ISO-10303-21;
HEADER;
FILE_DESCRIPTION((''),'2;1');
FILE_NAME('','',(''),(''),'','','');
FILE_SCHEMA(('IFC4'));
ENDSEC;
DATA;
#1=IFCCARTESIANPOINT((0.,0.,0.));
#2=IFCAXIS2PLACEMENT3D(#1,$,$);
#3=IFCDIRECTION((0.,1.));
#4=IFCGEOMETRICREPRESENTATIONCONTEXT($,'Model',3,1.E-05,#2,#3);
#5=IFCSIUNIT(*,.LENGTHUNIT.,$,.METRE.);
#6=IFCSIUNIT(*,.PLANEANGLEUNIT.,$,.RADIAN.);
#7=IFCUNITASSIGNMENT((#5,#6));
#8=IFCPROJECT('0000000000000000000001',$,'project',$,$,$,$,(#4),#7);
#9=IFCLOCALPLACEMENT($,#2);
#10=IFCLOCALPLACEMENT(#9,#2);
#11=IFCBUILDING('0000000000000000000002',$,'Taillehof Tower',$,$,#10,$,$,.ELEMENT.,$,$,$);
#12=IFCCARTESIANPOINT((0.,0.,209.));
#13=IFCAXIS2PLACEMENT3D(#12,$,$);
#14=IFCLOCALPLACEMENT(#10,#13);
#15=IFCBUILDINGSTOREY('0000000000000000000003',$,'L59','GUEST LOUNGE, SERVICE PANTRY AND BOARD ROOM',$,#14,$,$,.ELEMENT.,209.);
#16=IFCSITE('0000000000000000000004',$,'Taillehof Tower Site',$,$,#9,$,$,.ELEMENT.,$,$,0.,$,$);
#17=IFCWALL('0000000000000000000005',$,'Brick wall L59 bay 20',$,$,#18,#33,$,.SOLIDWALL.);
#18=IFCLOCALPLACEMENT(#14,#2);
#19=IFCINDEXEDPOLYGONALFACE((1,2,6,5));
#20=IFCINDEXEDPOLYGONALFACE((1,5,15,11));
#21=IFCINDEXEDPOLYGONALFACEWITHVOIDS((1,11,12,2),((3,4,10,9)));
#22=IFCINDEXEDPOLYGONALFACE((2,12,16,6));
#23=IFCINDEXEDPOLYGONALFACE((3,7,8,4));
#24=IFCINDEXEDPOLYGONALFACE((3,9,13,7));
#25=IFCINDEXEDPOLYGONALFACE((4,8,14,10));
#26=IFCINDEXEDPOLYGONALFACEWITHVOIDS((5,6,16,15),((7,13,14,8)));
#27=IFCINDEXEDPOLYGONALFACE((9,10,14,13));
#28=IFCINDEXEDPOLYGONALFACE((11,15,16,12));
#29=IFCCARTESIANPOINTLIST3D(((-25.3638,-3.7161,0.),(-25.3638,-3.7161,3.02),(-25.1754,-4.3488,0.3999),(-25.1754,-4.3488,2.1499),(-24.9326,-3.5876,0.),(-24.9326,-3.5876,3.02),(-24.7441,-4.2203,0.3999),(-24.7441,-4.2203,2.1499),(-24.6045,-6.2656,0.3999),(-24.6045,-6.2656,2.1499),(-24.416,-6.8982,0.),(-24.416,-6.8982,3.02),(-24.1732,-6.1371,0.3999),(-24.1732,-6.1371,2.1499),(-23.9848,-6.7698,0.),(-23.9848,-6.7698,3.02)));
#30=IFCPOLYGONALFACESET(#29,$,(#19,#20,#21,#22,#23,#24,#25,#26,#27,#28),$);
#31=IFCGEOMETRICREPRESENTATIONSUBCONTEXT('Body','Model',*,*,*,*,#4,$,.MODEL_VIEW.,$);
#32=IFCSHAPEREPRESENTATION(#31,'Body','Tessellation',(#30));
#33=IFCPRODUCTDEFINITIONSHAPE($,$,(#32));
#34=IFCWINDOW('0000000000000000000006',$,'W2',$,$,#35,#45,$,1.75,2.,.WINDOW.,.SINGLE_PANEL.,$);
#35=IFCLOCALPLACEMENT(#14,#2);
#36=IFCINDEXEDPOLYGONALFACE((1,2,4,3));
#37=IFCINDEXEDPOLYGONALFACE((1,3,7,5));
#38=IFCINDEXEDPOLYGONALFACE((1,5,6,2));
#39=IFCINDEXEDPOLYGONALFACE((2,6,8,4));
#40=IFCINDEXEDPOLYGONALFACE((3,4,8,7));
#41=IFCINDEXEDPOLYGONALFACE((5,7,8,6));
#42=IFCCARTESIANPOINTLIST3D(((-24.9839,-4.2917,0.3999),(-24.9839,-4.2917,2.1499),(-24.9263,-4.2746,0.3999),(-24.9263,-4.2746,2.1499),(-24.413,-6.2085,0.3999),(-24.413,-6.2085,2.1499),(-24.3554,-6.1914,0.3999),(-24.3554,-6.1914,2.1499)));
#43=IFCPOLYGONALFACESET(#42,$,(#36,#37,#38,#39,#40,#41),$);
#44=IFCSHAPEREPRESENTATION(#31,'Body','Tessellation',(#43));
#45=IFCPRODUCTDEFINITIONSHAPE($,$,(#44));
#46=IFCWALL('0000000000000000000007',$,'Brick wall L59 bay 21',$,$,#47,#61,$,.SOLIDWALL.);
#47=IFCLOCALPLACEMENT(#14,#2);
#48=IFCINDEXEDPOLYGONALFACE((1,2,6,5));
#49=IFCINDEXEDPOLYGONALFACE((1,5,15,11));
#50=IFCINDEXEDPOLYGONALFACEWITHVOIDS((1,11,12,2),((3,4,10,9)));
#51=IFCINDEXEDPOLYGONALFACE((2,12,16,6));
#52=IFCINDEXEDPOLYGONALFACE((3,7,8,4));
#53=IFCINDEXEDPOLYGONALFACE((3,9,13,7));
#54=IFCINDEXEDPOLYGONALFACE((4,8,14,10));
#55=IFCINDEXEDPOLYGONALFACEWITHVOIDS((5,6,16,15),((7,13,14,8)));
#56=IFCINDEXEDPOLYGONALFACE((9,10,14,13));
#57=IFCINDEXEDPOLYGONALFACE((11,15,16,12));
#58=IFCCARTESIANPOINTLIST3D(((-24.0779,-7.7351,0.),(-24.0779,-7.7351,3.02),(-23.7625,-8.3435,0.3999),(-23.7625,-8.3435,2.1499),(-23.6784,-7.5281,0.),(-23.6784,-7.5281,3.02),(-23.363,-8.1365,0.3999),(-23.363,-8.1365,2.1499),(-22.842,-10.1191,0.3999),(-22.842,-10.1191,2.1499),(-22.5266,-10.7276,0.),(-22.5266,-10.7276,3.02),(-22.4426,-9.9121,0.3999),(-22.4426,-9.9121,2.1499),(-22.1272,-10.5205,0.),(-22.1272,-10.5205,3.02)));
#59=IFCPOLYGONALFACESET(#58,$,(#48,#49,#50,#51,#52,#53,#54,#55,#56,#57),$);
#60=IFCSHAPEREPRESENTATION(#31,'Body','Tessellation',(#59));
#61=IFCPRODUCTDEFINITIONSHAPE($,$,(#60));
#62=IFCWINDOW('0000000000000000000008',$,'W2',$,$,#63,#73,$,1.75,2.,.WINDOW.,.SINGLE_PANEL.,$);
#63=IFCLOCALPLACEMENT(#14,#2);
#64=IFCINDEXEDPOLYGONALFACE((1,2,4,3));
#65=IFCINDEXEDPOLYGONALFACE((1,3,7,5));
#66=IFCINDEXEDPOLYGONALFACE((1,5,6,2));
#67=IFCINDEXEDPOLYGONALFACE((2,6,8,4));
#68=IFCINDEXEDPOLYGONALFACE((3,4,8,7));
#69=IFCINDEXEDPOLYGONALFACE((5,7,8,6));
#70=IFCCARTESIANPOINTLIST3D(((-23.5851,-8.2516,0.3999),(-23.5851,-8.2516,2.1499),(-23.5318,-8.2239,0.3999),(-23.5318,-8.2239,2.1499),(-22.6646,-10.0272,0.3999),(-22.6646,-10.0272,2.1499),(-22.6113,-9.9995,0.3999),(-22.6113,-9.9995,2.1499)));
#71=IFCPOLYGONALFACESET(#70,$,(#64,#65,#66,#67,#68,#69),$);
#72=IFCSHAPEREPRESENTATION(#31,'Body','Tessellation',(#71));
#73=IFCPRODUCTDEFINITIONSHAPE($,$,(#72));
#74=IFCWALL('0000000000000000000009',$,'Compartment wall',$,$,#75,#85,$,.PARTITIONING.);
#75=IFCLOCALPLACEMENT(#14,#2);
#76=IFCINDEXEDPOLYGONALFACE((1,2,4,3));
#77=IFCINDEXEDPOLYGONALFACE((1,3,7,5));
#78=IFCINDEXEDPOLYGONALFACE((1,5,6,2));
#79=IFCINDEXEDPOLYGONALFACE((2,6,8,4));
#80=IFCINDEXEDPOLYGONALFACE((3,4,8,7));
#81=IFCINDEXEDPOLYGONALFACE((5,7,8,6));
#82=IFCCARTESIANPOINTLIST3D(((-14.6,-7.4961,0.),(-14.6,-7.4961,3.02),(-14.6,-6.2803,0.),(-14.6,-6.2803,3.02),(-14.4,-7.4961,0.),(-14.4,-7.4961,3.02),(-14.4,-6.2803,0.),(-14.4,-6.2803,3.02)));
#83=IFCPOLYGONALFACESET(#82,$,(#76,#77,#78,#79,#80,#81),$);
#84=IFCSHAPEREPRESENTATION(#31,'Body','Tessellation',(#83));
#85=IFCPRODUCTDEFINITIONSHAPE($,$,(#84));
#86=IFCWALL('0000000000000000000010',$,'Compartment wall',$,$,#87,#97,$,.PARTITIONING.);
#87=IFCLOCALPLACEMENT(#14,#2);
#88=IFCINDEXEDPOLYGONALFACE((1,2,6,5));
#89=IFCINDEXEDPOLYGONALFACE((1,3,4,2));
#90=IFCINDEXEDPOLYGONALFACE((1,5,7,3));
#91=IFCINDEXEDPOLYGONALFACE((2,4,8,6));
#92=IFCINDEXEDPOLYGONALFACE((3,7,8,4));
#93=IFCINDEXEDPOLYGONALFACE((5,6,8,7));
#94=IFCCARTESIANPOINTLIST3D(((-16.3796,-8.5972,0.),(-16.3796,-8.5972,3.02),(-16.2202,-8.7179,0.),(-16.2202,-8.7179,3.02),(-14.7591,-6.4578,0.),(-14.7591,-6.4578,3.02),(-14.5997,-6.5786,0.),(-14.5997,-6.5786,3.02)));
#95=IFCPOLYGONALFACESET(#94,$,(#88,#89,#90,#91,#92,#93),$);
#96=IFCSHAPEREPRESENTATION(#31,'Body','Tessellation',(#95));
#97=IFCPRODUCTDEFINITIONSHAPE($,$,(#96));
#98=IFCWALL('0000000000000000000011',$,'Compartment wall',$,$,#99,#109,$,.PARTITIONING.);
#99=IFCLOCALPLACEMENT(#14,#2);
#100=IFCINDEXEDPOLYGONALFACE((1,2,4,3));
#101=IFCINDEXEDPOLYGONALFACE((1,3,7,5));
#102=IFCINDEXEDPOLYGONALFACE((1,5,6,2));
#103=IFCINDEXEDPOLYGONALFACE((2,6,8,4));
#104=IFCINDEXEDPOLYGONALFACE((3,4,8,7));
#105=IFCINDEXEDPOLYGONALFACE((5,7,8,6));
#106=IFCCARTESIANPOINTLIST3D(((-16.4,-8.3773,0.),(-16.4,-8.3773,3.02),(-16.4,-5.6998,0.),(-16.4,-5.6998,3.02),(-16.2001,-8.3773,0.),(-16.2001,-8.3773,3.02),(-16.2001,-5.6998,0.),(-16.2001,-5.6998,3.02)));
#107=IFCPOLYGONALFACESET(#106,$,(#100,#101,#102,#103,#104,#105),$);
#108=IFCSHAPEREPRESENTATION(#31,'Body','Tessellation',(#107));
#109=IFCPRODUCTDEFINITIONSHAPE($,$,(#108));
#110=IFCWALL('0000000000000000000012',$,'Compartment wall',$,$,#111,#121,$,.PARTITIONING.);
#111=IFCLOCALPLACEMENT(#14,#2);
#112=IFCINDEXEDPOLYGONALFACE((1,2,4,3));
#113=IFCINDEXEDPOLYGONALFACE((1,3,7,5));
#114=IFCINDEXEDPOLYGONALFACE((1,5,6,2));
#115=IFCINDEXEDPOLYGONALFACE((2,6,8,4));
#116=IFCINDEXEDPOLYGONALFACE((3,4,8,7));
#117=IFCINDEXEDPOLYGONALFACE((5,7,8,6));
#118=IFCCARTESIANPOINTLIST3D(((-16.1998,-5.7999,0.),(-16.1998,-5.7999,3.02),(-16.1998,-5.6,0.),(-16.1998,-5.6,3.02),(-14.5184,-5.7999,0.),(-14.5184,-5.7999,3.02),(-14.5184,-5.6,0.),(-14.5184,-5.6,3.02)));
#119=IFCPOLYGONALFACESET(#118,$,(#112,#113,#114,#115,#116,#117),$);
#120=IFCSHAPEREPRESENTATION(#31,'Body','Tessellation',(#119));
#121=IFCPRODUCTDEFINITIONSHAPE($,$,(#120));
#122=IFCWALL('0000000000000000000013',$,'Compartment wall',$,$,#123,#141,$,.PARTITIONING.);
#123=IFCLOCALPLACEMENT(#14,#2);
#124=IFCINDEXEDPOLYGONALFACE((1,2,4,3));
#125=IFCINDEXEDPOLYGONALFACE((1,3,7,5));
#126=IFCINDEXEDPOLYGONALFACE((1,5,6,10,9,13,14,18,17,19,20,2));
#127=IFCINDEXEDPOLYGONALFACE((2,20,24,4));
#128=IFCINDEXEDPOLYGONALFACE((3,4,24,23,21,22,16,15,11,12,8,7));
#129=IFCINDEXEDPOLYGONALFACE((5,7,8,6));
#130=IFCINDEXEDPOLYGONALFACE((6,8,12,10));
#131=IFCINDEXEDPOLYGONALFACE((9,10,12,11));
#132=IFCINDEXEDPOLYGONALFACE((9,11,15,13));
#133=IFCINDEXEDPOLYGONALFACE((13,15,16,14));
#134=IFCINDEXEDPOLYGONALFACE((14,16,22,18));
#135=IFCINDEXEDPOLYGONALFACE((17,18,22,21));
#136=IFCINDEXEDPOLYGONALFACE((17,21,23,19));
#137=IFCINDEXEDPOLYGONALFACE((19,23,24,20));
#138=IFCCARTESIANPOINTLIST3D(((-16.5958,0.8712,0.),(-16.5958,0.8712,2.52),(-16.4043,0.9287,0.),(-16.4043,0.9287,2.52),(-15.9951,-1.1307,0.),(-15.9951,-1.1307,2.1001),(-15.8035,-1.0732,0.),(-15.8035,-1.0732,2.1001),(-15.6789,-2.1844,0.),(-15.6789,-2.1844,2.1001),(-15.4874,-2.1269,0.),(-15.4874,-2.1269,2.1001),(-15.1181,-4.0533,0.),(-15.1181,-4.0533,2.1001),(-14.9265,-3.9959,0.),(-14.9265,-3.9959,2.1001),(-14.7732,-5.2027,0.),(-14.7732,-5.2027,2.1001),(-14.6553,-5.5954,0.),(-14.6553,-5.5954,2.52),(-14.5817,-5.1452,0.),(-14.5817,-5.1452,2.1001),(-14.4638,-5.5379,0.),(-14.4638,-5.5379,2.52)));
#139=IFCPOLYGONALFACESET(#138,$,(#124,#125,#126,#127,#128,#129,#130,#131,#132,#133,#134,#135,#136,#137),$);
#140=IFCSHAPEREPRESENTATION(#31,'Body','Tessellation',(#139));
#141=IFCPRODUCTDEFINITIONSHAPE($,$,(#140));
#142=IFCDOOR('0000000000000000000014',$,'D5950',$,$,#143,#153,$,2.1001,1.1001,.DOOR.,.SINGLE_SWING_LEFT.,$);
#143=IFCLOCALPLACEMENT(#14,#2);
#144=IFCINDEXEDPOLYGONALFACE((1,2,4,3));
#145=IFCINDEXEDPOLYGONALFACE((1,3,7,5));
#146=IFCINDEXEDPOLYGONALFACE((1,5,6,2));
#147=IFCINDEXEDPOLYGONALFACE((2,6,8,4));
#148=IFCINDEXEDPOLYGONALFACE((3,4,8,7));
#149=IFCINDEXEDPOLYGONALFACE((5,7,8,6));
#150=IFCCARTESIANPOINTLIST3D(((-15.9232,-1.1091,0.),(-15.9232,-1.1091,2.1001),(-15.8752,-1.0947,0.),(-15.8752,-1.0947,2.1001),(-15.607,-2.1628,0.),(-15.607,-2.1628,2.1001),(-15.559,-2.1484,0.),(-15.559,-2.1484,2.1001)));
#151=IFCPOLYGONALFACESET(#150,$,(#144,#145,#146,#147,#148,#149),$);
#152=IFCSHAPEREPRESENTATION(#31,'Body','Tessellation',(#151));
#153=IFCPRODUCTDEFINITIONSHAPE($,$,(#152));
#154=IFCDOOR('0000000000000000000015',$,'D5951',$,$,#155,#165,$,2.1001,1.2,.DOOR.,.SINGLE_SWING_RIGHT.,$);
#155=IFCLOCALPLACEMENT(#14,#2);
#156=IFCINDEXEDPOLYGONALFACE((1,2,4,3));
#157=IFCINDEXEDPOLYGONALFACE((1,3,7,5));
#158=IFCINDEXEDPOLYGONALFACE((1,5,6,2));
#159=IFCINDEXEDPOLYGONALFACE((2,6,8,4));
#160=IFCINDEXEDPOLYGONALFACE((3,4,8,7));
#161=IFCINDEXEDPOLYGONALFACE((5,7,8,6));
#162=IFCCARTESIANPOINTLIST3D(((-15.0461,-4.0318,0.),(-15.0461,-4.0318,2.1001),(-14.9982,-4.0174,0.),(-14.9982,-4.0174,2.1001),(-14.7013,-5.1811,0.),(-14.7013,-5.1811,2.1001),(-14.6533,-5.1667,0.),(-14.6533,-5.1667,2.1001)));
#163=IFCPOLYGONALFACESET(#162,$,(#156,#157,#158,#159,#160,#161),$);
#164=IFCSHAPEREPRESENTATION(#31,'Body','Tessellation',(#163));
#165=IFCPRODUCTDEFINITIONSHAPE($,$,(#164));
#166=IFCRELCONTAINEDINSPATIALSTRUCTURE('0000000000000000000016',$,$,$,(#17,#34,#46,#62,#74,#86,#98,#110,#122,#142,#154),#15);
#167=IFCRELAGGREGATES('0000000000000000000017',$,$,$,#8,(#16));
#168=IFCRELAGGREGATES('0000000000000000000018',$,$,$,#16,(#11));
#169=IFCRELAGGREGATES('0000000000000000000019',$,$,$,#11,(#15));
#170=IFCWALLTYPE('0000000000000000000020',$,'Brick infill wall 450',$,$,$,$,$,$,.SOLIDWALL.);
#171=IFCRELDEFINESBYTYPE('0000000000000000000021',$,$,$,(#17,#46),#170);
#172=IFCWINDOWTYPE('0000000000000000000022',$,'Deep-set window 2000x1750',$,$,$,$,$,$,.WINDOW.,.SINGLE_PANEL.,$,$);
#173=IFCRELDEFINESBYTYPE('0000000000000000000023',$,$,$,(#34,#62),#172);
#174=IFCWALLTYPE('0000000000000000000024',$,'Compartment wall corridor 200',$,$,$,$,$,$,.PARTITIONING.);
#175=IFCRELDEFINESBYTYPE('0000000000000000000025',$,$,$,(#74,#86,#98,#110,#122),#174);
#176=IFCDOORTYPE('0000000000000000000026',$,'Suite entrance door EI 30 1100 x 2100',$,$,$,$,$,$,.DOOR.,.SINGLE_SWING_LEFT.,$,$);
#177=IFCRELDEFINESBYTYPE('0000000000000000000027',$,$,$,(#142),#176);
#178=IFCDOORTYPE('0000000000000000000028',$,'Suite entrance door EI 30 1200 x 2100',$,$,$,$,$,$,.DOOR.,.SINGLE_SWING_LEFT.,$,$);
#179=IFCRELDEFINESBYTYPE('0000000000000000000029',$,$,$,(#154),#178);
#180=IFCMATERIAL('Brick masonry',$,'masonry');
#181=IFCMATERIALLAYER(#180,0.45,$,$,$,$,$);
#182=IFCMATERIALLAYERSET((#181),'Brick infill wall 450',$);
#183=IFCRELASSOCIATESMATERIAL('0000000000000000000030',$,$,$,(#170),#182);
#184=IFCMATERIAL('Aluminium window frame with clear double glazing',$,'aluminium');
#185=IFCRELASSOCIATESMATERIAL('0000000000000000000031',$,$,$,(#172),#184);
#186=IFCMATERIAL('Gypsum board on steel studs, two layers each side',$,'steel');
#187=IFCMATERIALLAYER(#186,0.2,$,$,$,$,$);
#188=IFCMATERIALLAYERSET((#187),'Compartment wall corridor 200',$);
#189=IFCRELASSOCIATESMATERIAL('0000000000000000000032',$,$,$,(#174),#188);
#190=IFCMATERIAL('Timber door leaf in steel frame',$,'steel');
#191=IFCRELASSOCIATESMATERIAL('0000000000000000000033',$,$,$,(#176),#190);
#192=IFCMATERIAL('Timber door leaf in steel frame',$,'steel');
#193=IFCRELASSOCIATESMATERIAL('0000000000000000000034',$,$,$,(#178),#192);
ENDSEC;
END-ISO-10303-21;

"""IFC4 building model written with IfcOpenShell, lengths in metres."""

from ifc_helpers import new_model, si_unit, direction, frame, frame_2d, origin, place, context, subcontext, project, spatial, rectangle, extrude, material, layer, layer_set, type_object, element, fill, save


model = new_model("IFC4")

# Units and contexts
model_context = context("Model", 3, precision=1e-05, world=origin(), true_north=direction((0.0, 1.0)))
body_context = subcontext(model_context, "Body", "Model", "MODEL_VIEW")
ifc_project = project(units=[si_unit("LENGTHUNIT", "METRE"), si_unit("PLANEANGLEUNIT", "RADIAN")], contexts=[model_context])

# Site, building, storey
site_placement = place(None, origin())
site = spatial("IfcSite", under=ifc_project, at=site_placement, Name="Taillehof Tower Site", CompositionType="ELEMENT", RefElevation=0.0)
building_placement = place(site_placement, origin())
building = spatial("IfcBuilding", under=site, at=building_placement, Name="Taillehof Tower", CompositionType="ELEMENT")
storey_placement = place(building_placement, frame((0.0, 0.0, 209.0)))
storey = spatial("IfcBuildingStorey", under=building, at=storey_placement, Name="L59", Description="GUEST LOUNGE, SERVICE PANTRY AND BOARD ROOM", CompositionType="ELEMENT", Elevation=209.0)

# Walls, openings, windows
ifc_material_1 = material(Name="Brick masonry", Category="masonry")
ifc_layer_1 = layer(ifc_material_1, 0.45)
ifc_layer_set_1 = layer_set([ifc_layer_1], Name="Brick infill wall 450")
wall_type_1 = type_object("IfcWallType", Name="Brick infill wall 450", PredefinedType="SOLIDWALL", material=ifc_layer_set_1)
ifc_material_2 = material(Name="Aluminium window frame with clear double glazing", Category="aluminium")
window_type = type_object("IfcWindowType", Name="Deep-set window 2000x1750", PartitioningType="SINGLE_PANEL", PredefinedType="WINDOW", material=ifc_material_2)
wall_1_placement = place(storey_placement, frame((-25.1482, -3.6519, 0.0), z_axis=(0.0, 0.0, 1.0), x_axis=(0.285445, -0.958395, 0.0)))
wall_1 = element("IfcWall", 1, at=wall_1_placement, inside=storey, type_object=wall_type_1, Name="Brick wall L59 bay 20", PredefinedType="SOLIDWALL", context=body_context, shape_type="SweptSolid", body=[
    extrude(rectangle(XDim=3.3203, YDim=0.45, at=frame_2d((1.6602, 0.0))), origin(), (0.0, 0.0, 1.0), 3.02),
])
opening_1_placement = place(wall_1_placement, frame((0.6602, 0.0, 0.3999)))
opening_1 = element("IfcOpeningElement", 2, at=opening_1_placement, cuts=wall_1, PredefinedType="OPENING", context=body_context, shape_type="SweptSolid", body=[
    extrude(rectangle(XDim=2.0, YDim=1.75, at=frame_2d((1.0, 0.875))), frame((0.0, 0.2349, 0.0), z_axis=(0.0, -1.0, 0.0), x_axis=(1.0, 0.0, 0.0)), (0.0, 0.0, 1.0), 0.47),
])
window_1_placement = place(opening_1_placement, origin())
window_1 = element("IfcWindow", 3, at=window_1_placement, inside=storey, type_object=window_type, Name="W2", OverallHeight=1.75, OverallWidth=2.0, PartitioningType="SINGLE_PANEL", PredefinedType="WINDOW", context=body_context, shape_type="SweptSolid", body=[
    extrude(rectangle(XDim=2.0, YDim=1.75, at=frame_2d((1.0, 0.875))), frame((0.0, 0.0349, 0.0), z_axis=(0.0, -1.0, 0.0), x_axis=(1.0, 0.0, 0.0)), (0.0, 0.0, 1.0), 0.0601),
])
fill(opening_1, window_1)
wall_2_placement = place(storey_placement, frame((-23.8782, -7.6316, 0.0), z_axis=(0.0, 0.0, 1.0), x_axis=(0.460233, -0.887798, 0.0)))
wall_2 = element("IfcWall", 4, at=wall_2_placement, inside=storey, type_object=wall_type_1, Name="Brick wall L59 bay 21", PredefinedType="SOLIDWALL", context=body_context, shape_type="SweptSolid", body=[
    extrude(rectangle(XDim=3.3706, YDim=0.45, at=frame_2d((1.6853, 0.0))), origin(), (0.0, 0.0, 1.0), 3.02),
])
opening_2_placement = place(wall_2_placement, frame((0.6853, 0.0, 0.3999)))
opening_2 = element("IfcOpeningElement", 5, at=opening_2_placement, cuts=wall_2, PredefinedType="OPENING", context=body_context, shape_type="SweptSolid", body=[
    extrude(rectangle(XDim=2.0, YDim=1.75, at=frame_2d((1.0, 0.875))), frame((0.0, 0.2349, 0.0), z_axis=(0.0, -1.0, 0.0), x_axis=(1.0, 0.0, 0.0)), (0.0, 0.0, 1.0), 0.47),
])
window_2_placement = place(opening_2_placement, origin())
window_2 = element("IfcWindow", 6, at=window_2_placement, inside=storey, type_object=window_type, Name="W2", OverallHeight=1.75, OverallWidth=2.0, PartitioningType="SINGLE_PANEL", PredefinedType="WINDOW", context=body_context, shape_type="SweptSolid", body=[
    extrude(rectangle(XDim=2.0, YDim=1.75, at=frame_2d((1.0, 0.875))), frame((0.0, 0.0349, 0.0), z_axis=(0.0, -1.0, 0.0), x_axis=(1.0, 0.0, 0.0)), (0.0, 0.0, 1.0), 0.0601),
])
fill(opening_2, window_2)

# Walls
ifc_material_3 = material(Name="Gypsum board on steel studs, two layers each side", Category="steel")
ifc_layer_2 = layer(ifc_material_3, 0.2)
ifc_layer_set_2 = layer_set([ifc_layer_2], Name="Compartment wall corridor 200")
wall_type_2 = type_object("IfcWallType", Name="Compartment wall corridor 200", PredefinedType="PARTITIONING", material=ifc_layer_set_2)
wall_3_placement = place(storey_placement, frame((-14.5, -7.4961, 0.0), z_axis=(0.0, 0.0, 1.0), x_axis=(0.0, 1.0, 0.0)))
element("IfcWall", 7, at=wall_3_placement, inside=storey, type_object=wall_type_2, Name="Compartment wall", PredefinedType="PARTITIONING", context=body_context, shape_type="SweptSolid", body=[
    extrude(rectangle(XDim=1.2158, YDim=0.2, at=frame_2d((0.6079, 0.0))), origin(), (0.0, 0.0, 1.0), 3.02),
])
wall_4_placement = place(storey_placement, frame((-14.6794, -6.5183, 0.0), z_axis=(0.0, 0.0, 1.0), x_axis=(-0.603821, -0.79712, 0.0)))
element("IfcWall", 8, at=wall_4_placement, inside=storey, type_object=wall_type_2, Name="Compartment wall", PredefinedType="PARTITIONING", context=body_context, shape_type="SweptSolid", body=[
    extrude(rectangle(XDim=2.6838, YDim=0.2, at=frame_2d((1.3418, 0.0))), origin(), (0.0, 0.0, 1.0), 3.02),
])
wall_5_placement = place(storey_placement, frame((-16.3, -8.3774, 0.0), z_axis=(0.0, 0.0, 1.0), x_axis=(0.0, 1.0, 0.0)))
element("IfcWall", 9, at=wall_5_placement, inside=storey, type_object=wall_type_2, Name="Compartment wall", PredefinedType="PARTITIONING", context=body_context, shape_type="SweptSolid", body=[
    extrude(rectangle(XDim=2.6775, YDim=0.2, at=frame_2d((1.3389, 0.0))), origin(), (0.0, 0.0, 1.0), 3.02),
])
wall_6_placement = place(storey_placement, frame((-16.2, -5.7, 0.0), z_axis=(0.0, 0.0, 1.0), x_axis=(1.0, 0.0, 0.0)))
element("IfcWall", 10, at=wall_6_placement, inside=storey, type_object=wall_type_2, Name="Compartment wall", PredefinedType="PARTITIONING", context=body_context, shape_type="SweptSolid", body=[
    extrude(rectangle(XDim=1.6814, YDim=0.2, at=frame_2d((0.8408, 0.0))), origin(), (0.0, 0.0, 1.0), 3.02),
])

# Wall, openings, doors
wall_7_placement = place(storey_placement, frame((-14.5596, -5.5667, 0.0), z_axis=(0.0, 0.0, 1.0), x_axis=(-0.287411, 0.957807, 0.0)))
wall_7 = element("IfcWall", 11, at=wall_7_placement, inside=storey, type_object=wall_type_2, Name="Compartment wall", PredefinedType="PARTITIONING", context=body_context, shape_type="SweptSolid", body=[
    extrude(rectangle(XDim=6.7515, YDim=0.2, at=frame_2d((3.3757, 0.0))), origin(), (0.0, 0.0, 1.0), 2.52),
])
opening_3_placement = place(wall_7_placement, frame((3.5613, 0.0, 0.0)))
opening_3 = element("IfcOpeningElement", 12, at=opening_3_placement, cuts=wall_7, PredefinedType="OPENING", context=body_context, shape_type="SweptSolid", body=[
    extrude(rectangle(XDim=1.1001, YDim=2.1001, at=frame_2d((0.55, 1.05))), frame((0.0, 0.1099, 0.0), z_axis=(0.0, -1.0, 0.0), x_axis=(1.0, 0.0, 0.0)), (0.0, 0.0, 1.0), 0.22),
])
opening_4_placement = place(wall_7_placement, frame((0.4099, 0.0, 0.0)))
opening_4 = element("IfcOpeningElement", 13, at=opening_4_placement, cuts=wall_7, PredefinedType="OPENING", context=body_context, shape_type="SweptSolid", body=[
    extrude(rectangle(XDim=1.2, YDim=2.1001, at=frame_2d((0.6001, 1.05))), frame((0.0, 0.1099, 0.0), z_axis=(0.0, -1.0, 0.0), x_axis=(1.0, 0.0, 0.0)), (0.0, 0.0, 1.0), 0.22),
])
ifc_material_4 = material(Name="Timber door leaf in steel frame", Category="steel")
door_type_1 = type_object("IfcDoorType", Name="Suite entrance door EI 30 1100 x 2100", OperationType="SINGLE_SWING_LEFT", PredefinedType="DOOR", material=ifc_material_4)
door_1_placement = place(opening_3_placement, origin())
door_1 = element("IfcDoor", 14, at=door_1_placement, inside=storey, type_object=door_type_1, Name="D5950", OperationType="SINGLE_SWING_LEFT", OverallHeight=2.1001, OverallWidth=1.1001, PredefinedType="DOOR", context=body_context, shape_type="SweptSolid", body=[
    extrude(rectangle(XDim=1.1001, YDim=2.1001, at=frame_2d((0.55, 1.05))), frame((0.0, 0.0249, 0.0), z_axis=(0.0, -1.0, 0.0), x_axis=(1.0, 0.0, 0.0)), (0.0, 0.0, 1.0), 0.05),
])
fill(opening_3, door_1)
ifc_material_5 = material(Name="Timber door leaf in steel frame", Category="steel")
door_type_2 = type_object("IfcDoorType", Name="Suite entrance door EI 30 1200 x 2100", OperationType="SINGLE_SWING_LEFT", PredefinedType="DOOR", material=ifc_material_5)
door_2_placement = place(opening_4_placement, origin())
door_2 = element("IfcDoor", 15, at=door_2_placement, inside=storey, type_object=door_type_2, Name="D5951", OperationType="SINGLE_SWING_RIGHT", OverallHeight=2.1001, OverallWidth=1.2, PredefinedType="DOOR", context=body_context, shape_type="SweptSolid", body=[
    extrude(rectangle(XDim=1.2, YDim=2.1001, at=frame_2d((0.6001, 1.05))), frame((0.0, 0.0249, 0.0), z_axis=(0.0, -1.0, 0.0), x_axis=(1.0, 0.0, 0.0)), (0.0, 0.0, 1.0), 0.05),
])
fill(opening_4, door_2)

save(model, "model.ifc")
